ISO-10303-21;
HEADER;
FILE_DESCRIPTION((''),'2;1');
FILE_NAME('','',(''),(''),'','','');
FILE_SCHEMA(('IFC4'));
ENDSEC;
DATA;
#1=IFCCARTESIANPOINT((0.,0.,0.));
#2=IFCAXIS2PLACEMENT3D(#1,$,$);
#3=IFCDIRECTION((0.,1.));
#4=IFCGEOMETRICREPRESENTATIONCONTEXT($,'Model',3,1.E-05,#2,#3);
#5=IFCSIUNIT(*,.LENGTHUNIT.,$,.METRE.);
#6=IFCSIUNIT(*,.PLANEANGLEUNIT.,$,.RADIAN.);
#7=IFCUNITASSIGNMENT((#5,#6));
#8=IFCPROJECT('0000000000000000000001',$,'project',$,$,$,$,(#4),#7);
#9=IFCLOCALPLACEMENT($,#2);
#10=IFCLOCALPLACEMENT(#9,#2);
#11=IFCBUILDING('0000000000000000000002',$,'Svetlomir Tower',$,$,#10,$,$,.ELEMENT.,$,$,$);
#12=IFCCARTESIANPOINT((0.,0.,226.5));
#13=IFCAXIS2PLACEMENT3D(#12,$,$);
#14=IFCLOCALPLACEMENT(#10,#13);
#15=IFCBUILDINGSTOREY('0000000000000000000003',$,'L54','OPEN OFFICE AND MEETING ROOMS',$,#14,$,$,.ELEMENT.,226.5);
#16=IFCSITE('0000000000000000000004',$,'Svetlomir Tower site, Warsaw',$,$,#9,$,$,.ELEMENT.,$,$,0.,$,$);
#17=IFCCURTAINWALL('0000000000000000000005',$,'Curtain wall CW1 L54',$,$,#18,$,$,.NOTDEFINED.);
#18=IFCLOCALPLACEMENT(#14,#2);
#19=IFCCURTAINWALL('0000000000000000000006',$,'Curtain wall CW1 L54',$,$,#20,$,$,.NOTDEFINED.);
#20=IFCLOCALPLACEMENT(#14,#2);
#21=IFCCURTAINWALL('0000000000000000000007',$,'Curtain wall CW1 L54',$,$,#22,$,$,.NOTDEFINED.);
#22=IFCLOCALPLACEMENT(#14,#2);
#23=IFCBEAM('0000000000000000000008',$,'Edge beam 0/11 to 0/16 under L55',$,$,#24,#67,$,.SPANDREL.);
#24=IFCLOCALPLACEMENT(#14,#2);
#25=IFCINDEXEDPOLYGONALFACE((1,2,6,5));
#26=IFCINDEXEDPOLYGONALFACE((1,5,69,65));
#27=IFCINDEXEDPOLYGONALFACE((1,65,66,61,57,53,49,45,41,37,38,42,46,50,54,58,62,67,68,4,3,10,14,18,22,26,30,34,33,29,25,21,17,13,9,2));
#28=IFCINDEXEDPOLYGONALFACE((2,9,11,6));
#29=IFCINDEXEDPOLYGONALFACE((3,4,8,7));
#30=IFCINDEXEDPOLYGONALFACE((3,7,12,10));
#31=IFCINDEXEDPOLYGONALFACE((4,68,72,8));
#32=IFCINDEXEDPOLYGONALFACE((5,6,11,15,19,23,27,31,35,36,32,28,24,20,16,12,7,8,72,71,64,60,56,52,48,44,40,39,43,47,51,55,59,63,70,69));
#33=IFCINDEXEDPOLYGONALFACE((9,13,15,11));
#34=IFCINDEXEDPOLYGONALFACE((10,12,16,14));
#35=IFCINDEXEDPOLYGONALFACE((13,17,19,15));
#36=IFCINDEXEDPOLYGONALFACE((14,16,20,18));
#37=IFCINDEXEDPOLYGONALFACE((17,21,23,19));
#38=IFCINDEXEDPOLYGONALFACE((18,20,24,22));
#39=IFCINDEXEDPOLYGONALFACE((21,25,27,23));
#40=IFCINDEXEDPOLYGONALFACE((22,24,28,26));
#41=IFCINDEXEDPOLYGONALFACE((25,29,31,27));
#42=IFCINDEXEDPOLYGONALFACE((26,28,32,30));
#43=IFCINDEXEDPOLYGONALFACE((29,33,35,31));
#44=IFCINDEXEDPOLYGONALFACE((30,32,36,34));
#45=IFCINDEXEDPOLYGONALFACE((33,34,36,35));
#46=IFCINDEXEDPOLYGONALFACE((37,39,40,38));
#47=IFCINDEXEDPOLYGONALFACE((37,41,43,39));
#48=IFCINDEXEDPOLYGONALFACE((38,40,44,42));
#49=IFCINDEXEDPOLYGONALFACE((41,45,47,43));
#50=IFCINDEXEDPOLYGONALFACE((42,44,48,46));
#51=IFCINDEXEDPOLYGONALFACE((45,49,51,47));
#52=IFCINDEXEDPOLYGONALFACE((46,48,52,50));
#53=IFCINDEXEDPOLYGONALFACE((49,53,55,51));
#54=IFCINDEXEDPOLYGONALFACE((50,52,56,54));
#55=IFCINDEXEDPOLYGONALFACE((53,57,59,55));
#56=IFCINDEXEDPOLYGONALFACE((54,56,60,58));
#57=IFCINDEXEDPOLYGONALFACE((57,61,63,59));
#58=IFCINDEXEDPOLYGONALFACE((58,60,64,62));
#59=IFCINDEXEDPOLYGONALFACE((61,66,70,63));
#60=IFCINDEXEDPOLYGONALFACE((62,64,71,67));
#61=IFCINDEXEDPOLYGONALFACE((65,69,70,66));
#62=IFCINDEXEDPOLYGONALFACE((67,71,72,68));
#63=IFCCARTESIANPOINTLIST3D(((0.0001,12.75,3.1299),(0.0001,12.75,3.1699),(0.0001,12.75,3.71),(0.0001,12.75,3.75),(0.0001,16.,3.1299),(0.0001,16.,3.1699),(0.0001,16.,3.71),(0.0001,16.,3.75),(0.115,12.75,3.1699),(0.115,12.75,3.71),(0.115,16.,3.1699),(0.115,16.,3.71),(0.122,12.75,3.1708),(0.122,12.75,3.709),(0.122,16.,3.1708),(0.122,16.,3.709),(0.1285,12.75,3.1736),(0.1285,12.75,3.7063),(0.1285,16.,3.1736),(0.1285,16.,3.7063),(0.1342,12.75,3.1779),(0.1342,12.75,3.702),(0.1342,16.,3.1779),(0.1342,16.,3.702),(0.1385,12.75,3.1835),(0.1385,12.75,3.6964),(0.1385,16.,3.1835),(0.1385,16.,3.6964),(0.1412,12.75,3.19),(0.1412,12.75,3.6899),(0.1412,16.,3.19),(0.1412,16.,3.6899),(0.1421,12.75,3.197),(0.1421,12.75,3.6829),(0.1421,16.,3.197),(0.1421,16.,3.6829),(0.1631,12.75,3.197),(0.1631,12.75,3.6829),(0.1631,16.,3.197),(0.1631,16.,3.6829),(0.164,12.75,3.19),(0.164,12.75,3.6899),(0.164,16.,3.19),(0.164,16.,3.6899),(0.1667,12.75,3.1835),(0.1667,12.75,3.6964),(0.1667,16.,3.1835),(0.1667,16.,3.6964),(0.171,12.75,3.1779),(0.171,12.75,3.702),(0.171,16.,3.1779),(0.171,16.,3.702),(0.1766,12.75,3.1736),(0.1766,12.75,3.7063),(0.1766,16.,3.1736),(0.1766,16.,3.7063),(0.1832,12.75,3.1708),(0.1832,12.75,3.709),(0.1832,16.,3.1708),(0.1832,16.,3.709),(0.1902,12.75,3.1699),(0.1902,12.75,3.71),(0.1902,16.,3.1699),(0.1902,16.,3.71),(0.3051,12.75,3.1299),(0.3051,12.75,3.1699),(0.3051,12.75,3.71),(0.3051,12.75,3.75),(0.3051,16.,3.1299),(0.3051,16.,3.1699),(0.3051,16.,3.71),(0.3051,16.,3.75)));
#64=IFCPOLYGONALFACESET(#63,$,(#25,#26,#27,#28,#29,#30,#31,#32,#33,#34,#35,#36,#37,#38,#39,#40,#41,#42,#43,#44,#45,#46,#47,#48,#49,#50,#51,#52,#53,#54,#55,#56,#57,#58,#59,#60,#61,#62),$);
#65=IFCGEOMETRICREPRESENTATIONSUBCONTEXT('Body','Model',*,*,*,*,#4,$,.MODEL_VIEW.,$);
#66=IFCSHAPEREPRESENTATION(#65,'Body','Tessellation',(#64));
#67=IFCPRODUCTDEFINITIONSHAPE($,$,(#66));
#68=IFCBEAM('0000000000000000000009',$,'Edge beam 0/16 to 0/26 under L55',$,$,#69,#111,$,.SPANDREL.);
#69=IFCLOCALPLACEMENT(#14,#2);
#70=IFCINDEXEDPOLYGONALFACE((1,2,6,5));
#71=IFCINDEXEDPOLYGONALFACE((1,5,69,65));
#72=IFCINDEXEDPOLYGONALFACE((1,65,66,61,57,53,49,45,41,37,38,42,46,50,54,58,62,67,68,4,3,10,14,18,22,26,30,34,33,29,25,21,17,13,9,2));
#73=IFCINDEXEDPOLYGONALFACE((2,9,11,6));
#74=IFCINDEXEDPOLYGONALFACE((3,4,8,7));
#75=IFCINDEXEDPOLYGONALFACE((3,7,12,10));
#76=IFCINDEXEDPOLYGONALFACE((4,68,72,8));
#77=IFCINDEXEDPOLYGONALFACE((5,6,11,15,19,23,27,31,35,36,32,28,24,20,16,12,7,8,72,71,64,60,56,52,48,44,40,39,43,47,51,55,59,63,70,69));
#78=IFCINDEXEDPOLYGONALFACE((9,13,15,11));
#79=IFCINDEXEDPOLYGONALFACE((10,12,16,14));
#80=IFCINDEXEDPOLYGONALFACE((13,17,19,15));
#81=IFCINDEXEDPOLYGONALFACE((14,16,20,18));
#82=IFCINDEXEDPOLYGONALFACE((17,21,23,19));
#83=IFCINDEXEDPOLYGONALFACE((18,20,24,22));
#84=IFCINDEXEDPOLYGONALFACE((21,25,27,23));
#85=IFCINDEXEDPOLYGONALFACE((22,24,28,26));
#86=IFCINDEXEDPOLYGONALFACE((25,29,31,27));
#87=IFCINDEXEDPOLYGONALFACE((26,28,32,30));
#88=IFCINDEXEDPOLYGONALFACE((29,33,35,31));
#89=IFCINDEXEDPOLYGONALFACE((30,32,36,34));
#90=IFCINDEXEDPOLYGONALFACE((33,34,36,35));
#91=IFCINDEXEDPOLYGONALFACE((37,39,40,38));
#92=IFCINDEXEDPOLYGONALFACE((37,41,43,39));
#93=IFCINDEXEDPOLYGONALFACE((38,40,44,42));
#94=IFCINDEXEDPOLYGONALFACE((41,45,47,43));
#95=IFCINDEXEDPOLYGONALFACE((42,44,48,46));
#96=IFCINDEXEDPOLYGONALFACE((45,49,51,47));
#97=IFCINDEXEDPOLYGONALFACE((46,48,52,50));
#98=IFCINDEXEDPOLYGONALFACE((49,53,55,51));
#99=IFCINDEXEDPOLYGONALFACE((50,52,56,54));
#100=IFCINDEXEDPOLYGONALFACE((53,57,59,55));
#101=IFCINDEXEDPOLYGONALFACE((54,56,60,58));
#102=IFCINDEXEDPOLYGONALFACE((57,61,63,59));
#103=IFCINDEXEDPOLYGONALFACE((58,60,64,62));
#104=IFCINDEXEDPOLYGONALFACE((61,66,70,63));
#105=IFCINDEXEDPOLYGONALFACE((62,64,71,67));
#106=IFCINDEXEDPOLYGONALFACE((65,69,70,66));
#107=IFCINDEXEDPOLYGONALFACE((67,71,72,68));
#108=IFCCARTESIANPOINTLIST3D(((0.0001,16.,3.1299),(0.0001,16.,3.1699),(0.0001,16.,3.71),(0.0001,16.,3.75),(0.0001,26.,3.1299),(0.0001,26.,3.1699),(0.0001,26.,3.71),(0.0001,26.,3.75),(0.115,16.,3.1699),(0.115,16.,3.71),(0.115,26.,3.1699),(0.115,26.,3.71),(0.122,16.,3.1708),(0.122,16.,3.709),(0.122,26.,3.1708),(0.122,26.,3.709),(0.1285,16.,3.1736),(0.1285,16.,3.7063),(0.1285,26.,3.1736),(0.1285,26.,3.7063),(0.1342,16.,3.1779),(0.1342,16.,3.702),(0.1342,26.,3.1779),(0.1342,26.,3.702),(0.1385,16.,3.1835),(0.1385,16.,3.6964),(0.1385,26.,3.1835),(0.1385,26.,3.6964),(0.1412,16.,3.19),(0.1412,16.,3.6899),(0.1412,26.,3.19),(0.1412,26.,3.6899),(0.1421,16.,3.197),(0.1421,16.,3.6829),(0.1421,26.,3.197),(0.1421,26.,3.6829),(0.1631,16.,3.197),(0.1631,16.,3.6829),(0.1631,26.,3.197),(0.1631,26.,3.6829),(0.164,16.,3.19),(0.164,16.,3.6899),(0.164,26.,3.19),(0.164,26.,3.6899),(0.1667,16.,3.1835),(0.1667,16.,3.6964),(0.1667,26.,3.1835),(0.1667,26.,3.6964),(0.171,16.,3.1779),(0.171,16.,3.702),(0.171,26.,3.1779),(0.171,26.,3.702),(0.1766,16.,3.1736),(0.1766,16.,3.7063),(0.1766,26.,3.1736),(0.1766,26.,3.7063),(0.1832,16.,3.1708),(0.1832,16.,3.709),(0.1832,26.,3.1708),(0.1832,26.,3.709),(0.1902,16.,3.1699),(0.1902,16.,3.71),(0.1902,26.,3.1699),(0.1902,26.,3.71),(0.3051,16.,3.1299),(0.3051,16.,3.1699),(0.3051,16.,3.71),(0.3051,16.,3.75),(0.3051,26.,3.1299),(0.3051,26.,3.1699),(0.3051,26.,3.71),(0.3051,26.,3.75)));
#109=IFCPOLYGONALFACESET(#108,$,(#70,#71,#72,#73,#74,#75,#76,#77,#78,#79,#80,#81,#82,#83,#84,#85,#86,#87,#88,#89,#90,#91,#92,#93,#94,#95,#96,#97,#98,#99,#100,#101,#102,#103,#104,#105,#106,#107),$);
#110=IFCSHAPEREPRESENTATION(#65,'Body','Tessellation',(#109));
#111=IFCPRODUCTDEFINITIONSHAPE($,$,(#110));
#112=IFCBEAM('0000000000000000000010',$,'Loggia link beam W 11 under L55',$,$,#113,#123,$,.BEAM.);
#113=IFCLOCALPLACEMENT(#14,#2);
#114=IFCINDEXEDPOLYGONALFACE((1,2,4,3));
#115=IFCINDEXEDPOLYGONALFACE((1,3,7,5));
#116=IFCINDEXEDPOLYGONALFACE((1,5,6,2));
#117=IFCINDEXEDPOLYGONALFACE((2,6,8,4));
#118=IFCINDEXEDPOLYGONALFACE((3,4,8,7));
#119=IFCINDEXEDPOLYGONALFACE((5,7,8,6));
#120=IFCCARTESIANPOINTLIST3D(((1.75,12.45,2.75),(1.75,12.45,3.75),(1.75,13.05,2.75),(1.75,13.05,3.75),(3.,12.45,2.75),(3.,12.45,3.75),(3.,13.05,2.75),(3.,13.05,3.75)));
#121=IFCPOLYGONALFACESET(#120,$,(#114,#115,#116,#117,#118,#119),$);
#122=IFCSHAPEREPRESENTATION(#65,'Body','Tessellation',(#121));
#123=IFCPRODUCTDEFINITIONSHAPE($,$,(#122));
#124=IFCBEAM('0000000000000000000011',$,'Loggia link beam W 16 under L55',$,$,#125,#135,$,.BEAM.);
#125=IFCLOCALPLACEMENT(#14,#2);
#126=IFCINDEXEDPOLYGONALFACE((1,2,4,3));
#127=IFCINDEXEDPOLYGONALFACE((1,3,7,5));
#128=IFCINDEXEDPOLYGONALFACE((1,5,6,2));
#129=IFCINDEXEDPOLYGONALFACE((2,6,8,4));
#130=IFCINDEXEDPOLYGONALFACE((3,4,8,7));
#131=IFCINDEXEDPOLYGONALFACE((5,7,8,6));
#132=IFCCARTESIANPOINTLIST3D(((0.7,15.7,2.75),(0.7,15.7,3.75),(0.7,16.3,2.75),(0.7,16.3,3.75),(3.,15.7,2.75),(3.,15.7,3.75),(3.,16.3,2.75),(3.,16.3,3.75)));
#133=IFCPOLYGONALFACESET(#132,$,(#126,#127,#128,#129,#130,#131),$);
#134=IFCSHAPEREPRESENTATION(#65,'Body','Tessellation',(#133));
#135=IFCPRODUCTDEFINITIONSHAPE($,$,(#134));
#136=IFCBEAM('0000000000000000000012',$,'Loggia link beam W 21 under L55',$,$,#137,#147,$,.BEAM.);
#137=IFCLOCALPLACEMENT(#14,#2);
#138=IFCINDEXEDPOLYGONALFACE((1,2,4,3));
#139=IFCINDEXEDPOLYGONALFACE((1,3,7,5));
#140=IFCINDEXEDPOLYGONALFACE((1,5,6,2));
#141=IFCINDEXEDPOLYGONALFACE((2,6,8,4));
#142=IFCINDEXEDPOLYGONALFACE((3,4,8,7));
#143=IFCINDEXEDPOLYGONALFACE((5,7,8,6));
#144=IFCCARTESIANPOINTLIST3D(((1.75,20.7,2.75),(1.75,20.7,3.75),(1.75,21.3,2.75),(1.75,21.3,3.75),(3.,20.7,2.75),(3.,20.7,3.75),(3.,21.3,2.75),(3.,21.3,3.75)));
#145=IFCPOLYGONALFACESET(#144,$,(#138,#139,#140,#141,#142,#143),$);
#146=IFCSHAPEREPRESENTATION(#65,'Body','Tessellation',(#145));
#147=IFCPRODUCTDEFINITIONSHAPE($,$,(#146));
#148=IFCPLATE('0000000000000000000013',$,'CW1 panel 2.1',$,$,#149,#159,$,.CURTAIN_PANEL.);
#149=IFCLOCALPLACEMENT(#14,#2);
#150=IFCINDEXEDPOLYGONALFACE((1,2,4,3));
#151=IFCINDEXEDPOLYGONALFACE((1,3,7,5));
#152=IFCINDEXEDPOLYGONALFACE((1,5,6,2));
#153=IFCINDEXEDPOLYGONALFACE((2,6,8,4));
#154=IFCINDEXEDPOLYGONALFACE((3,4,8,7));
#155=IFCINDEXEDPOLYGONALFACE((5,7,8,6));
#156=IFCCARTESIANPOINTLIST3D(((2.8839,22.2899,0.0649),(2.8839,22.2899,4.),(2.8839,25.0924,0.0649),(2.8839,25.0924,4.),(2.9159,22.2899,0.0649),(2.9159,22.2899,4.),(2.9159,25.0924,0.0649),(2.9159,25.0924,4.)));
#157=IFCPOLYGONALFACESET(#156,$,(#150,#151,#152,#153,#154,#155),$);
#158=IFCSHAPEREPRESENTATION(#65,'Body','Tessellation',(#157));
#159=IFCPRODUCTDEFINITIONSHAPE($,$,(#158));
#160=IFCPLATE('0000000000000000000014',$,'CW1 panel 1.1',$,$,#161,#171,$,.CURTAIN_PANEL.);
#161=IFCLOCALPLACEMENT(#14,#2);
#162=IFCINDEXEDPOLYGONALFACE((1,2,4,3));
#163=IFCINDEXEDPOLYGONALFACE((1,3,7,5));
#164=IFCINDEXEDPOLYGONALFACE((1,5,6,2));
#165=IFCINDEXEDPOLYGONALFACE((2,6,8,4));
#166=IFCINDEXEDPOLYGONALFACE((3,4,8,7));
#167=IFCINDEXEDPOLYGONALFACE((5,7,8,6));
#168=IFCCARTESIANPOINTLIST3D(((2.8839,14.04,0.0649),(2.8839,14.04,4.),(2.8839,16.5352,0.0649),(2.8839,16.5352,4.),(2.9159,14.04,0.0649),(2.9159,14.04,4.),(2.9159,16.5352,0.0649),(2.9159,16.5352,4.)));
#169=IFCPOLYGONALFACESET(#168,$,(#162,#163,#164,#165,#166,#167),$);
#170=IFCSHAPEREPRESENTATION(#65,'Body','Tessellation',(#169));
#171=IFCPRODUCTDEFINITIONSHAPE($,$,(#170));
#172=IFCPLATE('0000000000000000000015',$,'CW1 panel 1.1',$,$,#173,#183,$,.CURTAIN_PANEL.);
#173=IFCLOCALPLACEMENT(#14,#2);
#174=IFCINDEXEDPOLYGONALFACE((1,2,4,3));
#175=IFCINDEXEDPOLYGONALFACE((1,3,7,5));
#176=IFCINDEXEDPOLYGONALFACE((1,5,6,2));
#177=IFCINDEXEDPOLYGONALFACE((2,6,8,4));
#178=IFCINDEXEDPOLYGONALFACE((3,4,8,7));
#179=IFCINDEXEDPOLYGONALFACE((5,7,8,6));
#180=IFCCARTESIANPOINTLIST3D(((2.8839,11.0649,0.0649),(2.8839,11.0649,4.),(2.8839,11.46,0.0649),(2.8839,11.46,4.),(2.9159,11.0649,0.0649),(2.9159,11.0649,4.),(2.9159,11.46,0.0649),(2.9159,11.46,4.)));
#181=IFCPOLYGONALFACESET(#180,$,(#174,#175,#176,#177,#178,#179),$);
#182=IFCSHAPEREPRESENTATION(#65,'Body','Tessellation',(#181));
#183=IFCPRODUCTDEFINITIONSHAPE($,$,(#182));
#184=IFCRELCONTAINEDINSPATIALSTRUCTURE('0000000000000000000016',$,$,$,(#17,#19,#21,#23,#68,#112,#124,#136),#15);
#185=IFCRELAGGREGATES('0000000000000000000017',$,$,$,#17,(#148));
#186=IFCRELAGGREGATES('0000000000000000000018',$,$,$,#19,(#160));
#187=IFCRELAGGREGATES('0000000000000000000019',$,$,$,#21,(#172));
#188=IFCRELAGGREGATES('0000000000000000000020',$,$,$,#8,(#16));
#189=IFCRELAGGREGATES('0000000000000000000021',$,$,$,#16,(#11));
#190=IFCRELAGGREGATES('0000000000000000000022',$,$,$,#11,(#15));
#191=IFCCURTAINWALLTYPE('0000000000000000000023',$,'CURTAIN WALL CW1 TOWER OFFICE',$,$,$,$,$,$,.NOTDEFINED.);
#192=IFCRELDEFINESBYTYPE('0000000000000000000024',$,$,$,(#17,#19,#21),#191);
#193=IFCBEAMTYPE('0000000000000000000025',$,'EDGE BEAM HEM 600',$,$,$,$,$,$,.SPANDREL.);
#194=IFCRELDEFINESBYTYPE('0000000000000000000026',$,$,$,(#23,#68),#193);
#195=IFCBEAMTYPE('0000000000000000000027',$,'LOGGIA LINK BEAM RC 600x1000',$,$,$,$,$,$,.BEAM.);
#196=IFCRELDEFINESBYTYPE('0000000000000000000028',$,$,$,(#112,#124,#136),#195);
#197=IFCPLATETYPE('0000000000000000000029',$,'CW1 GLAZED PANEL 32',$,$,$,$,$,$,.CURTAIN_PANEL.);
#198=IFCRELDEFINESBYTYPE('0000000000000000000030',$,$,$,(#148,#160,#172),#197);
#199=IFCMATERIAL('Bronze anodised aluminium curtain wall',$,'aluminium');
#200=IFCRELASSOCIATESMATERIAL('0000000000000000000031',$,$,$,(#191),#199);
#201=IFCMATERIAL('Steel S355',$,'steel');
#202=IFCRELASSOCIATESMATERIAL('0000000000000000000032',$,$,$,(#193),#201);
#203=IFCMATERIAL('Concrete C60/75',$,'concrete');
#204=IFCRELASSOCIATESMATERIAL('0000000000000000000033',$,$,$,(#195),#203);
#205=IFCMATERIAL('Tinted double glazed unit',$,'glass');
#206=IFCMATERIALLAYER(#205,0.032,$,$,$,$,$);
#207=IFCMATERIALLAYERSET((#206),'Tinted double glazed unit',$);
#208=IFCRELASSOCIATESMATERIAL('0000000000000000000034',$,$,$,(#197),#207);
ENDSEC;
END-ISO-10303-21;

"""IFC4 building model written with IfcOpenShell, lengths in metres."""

from ifc_helpers import new_model, si_unit, direction, frame, origin, origin_2d, place, context, subcontext, project, spatial, rectangle, i_section, extrude, material, layer, layer_set, material_profile, profile_set, type_object, element, aggregate, save


model = new_model("IFC4")

# Units and contexts
model_context = context("Model", 3, precision=1e-05, world=origin(), true_north=direction((0.0, 1.0)))
body_context = subcontext(model_context, "Body", "Model", "MODEL_VIEW")
ifc_project = project(units=[si_unit("LENGTHUNIT", "METRE"), si_unit("PLANEANGLEUNIT", "RADIAN")], contexts=[model_context])

# Site, building, storey
site_placement = place(None, origin())
site = spatial("IfcSite", under=ifc_project, at=site_placement, Name="Svetlomir Tower site, Warsaw", CompositionType="ELEMENT", RefElevation=0.0)
building_placement = place(site_placement, origin())
building = spatial("IfcBuilding", under=site, at=building_placement, Name="Svetlomir Tower", CompositionType="ELEMENT")
storey_placement = place(building_placement, frame((0.0, 0.0, 226.5)))
storey = spatial("IfcBuildingStorey", under=building, at=storey_placement, Name="L54", Description="OPEN OFFICE AND MEETING ROOMS", CompositionType="ELEMENT", Elevation=226.5)

# Curtain wall
ifc_material_1 = material(Name="Bronze anodised aluminium curtain wall", Category="aluminium")
curtain_wall_type = type_object("IfcCurtainWallType", Name="CURTAIN WALL CW1 TOWER OFFICE", PredefinedType="NOTDEFINED", material=ifc_material_1)
curtain_wall_1_placement = place(storey_placement, origin())
curtain_wall_1 = element("IfcCurtainWall", 1, at=curtain_wall_1_placement, inside=storey, type_object=curtain_wall_type, Name="Curtain wall CW1 L54", PredefinedType="NOTDEFINED")

# Curtain walls
curtain_wall_2_placement = place(storey_placement, origin())
curtain_wall_2 = element("IfcCurtainWall", 2, at=curtain_wall_2_placement, inside=storey, type_object=curtain_wall_type, Name="Curtain wall CW1 L54", PredefinedType="NOTDEFINED")
curtain_wall_3_placement = place(storey_placement, origin())
curtain_wall_3 = element("IfcCurtainWall", 3, at=curtain_wall_3_placement, inside=storey, type_object=curtain_wall_type, Name="Curtain wall CW1 L54", PredefinedType="NOTDEFINED")

# Beams
ifc_material_2 = material(Name="Steel S355", Category="steel")
ifc_material_profile_1 = material_profile(ifc_material_2, i_section(OverallWidth=0.3049, OverallDepth=0.6201, WebThickness=0.021, FlangeThickness=0.04, FilletRadius=0.0271, at=origin_2d()), Name="HEM 600")
ifc_profile_set_1 = profile_set([ifc_material_profile_1], Name="Steel S355")
beam_type_1 = type_object("IfcBeamType", Name="EDGE BEAM HEM 600", PredefinedType="SPANDREL", material=ifc_profile_set_1)
beam_1_placement = place(storey_placement, frame((0.1526, 12.75, 3.4399), z_axis=(0.0, 1.0, 0.0), x_axis=(-1.0, 0.0, 0.0)))
element("IfcBeam", 4, at=beam_1_placement, inside=storey, type_object=beam_type_1, Name="Edge beam 0/11 to 0/16 under L55", PredefinedType="SPANDREL", context=body_context, shape_type="SweptSolid", body=[
    extrude(i_section(OverallWidth=0.3049, OverallDepth=0.6201, WebThickness=0.021, FlangeThickness=0.04, FilletRadius=0.0271, at=origin_2d()), origin(), (0.0, 0.0, 1.0), 3.25),
])
beam_2_placement = place(storey_placement, frame((0.1526, 16.0, 3.4399), z_axis=(0.0, 1.0, 0.0), x_axis=(-1.0, 0.0, 0.0)))
element("IfcBeam", 5, at=beam_2_placement, inside=storey, type_object=beam_type_1, Name="Edge beam 0/16 to 0/26 under L55", PredefinedType="SPANDREL", context=body_context, shape_type="SweptSolid", body=[
    extrude(i_section(OverallWidth=0.3049, OverallDepth=0.6201, WebThickness=0.021, FlangeThickness=0.04, FilletRadius=0.0271, at=origin_2d()), origin(), (0.0, 0.0, 1.0), 10.0),
])
ifc_material_3 = material(Name="Concrete C60/75", Category="concrete")
ifc_material_profile_2 = material_profile(ifc_material_3, rectangle(XDim=0.6001, YDim=1.0, at=origin_2d()), Name="RC 600x1000")
ifc_profile_set_2 = profile_set([ifc_material_profile_2], Name="Concrete C60/75")
beam_type_2 = type_object("IfcBeamType", Name="LOGGIA LINK BEAM RC 600x1000", PredefinedType="BEAM", material=ifc_profile_set_2)
beam_3_placement = place(storey_placement, frame((1.75, 12.75, 3.25), z_axis=(1.0, 0.0, 0.0), x_axis=(0.0, 1.0, 0.0)))
element("IfcBeam", 6, at=beam_3_placement, inside=storey, type_object=beam_type_2, Name="Loggia link beam W 11 under L55", PredefinedType="BEAM", context=body_context, shape_type="SweptSolid", body=[
    extrude(rectangle(XDim=0.6001, YDim=1.0, at=origin_2d()), origin(), (0.0, 0.0, 1.0), 1.25),
])
beam_4_placement = place(storey_placement, frame((0.7, 16.0, 3.25), z_axis=(1.0, 0.0, 0.0), x_axis=(0.0, 1.0, 0.0)))
element("IfcBeam", 7, at=beam_4_placement, inside=storey, type_object=beam_type_2, Name="Loggia link beam W 16 under L55", PredefinedType="BEAM", context=body_context, shape_type="SweptSolid", body=[
    extrude(rectangle(XDim=0.6001, YDim=1.0, at=origin_2d()), origin(), (0.0, 0.0, 1.0), 2.3),
])
beam_5_placement = place(storey_placement, frame((1.75, 21.0, 3.25), z_axis=(1.0, 0.0, 0.0), x_axis=(0.0, 1.0, 0.0)))
element("IfcBeam", 8, at=beam_5_placement, inside=storey, type_object=beam_type_2, Name="Loggia link beam W 21 under L55", PredefinedType="BEAM", context=body_context, shape_type="SweptSolid", body=[
    extrude(rectangle(XDim=0.6001, YDim=1.0, at=origin_2d()), origin(), (0.0, 0.0, 1.0), 1.25),
])

# Plates
ifc_material_4 = material(Name="Tinted double glazed unit", Category="glass")
ifc_layer_1 = layer(ifc_material_4, 0.032)
ifc_layer_set_1 = layer_set([ifc_layer_1], Name="Tinted double glazed unit")
plate_type = type_object("IfcPlateType", Name="CW1 GLAZED PANEL 32", PredefinedType="CURTAIN_PANEL", material=ifc_layer_set_1)
plate_1_placement = place(storey_placement, frame((2.8999, 23.6912, 0.0649), z_axis=(0.0, 0.0, 1.0), x_axis=(0.0, -1.0, 0.0)))
plate_1 = element("IfcPlate", 9, at=plate_1_placement, type_object=plate_type, Name="CW1 panel 2.1", PredefinedType="CURTAIN_PANEL", context=body_context, shape_type="SweptSolid", body=[
    extrude(rectangle(XDim=2.8025, YDim=0.032, at=origin_2d()), origin(), (0.0, 0.0, 1.0), 3.9351),
])
aggregate(curtain_wall_1, [plate_1])
plate_2_placement = place(storey_placement, frame((2.8999, 15.2876, 0.0649), z_axis=(0.0, 0.0, 1.0), x_axis=(0.0, -1.0, 0.0)))
plate_2 = element("IfcPlate", 10, at=plate_2_placement, type_object=plate_type, Name="CW1 panel 1.1", PredefinedType="CURTAIN_PANEL", context=body_context, shape_type="SweptSolid", body=[
    extrude(rectangle(XDim=2.4951, YDim=0.032, at=origin_2d()), origin(), (0.0, 0.0, 1.0), 3.9351),
])
aggregate(curtain_wall_2, [plate_2])
plate_3_placement = place(storey_placement, frame((2.8999, 11.2625, 0.0649), z_axis=(0.0, 0.0, 1.0), x_axis=(0.0, -1.0, 0.0)))
plate_3 = element("IfcPlate", 11, at=plate_3_placement, type_object=plate_type, Name="CW1 panel 1.1", PredefinedType="CURTAIN_PANEL", context=body_context, shape_type="SweptSolid", body=[
    extrude(rectangle(XDim=0.395, YDim=0.032, at=origin_2d()), origin(), (0.0, 0.0, 1.0), 3.9351),
])
aggregate(curtain_wall_3, [plate_3])

save(model, "model.ifc")
